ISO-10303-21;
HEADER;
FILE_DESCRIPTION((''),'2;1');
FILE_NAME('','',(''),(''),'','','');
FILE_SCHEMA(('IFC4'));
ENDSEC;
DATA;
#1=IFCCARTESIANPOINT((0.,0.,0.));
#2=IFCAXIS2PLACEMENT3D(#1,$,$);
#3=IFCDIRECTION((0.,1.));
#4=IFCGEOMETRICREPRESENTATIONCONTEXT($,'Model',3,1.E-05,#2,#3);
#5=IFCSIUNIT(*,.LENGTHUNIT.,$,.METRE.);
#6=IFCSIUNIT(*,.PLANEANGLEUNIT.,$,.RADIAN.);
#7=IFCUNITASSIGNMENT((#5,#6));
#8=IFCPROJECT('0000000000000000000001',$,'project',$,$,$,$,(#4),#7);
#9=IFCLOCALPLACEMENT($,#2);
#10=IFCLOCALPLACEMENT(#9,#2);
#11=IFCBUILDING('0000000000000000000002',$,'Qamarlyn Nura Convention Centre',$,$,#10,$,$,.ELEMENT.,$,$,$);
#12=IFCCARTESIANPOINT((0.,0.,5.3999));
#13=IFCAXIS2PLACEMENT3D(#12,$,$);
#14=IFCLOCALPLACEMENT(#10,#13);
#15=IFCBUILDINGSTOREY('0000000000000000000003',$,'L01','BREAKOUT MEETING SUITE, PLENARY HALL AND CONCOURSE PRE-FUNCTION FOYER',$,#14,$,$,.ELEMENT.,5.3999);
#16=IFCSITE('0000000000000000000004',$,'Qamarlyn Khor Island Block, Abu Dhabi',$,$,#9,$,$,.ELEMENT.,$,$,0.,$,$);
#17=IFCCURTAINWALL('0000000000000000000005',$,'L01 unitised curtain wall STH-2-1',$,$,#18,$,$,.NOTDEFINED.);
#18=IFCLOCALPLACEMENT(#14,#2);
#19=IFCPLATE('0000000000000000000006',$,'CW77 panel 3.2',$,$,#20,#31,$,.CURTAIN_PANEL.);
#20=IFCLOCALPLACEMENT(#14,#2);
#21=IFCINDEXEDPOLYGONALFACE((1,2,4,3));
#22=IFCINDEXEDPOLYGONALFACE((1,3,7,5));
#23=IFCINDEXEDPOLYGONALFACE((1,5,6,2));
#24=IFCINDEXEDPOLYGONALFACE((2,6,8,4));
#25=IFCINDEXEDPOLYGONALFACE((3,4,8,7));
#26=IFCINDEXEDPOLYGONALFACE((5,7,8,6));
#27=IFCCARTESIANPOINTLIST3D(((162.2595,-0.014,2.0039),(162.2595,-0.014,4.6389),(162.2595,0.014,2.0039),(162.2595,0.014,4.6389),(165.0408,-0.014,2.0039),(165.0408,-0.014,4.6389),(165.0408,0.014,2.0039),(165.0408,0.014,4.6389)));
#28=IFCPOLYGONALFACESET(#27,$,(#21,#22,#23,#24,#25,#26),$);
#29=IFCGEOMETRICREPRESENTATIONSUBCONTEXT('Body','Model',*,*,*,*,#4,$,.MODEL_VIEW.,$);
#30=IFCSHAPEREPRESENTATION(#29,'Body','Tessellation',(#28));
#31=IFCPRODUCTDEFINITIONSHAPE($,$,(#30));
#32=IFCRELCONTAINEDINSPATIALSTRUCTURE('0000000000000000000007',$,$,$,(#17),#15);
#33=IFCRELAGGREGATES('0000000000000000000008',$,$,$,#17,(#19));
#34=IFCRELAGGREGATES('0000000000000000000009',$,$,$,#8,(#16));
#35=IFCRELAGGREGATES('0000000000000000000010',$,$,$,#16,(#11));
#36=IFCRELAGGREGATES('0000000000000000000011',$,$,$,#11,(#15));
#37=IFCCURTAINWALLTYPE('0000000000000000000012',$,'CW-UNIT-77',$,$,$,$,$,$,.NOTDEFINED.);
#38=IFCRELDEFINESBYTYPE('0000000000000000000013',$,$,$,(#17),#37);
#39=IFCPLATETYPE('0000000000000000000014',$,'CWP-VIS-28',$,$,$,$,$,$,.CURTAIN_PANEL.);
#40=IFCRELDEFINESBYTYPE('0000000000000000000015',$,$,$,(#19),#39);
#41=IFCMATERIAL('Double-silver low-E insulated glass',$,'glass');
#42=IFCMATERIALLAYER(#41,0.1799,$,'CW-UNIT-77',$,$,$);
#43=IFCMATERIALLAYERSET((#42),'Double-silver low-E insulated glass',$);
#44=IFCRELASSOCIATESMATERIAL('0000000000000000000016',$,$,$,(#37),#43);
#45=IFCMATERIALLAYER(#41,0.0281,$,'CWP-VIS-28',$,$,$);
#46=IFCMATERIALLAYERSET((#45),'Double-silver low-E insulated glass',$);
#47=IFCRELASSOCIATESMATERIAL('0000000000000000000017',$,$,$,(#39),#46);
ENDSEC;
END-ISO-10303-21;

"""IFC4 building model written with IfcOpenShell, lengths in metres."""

from ifc_helpers import new_model, si_unit, direction, frame, origin, origin_2d, place, context, subcontext, project, spatial, rectangle, extrude, material, layer, layer_set, type_object, element, aggregate, save


model = new_model("IFC4")

# Units and contexts
model_context = context("Model", 3, precision=1e-05, world=origin(), true_north=direction((0.0, 1.0)))
body_context = subcontext(model_context, "Body", "Model", "MODEL_VIEW")
ifc_project = project(units=[si_unit("LENGTHUNIT", "METRE"), si_unit("PLANEANGLEUNIT", "RADIAN")], contexts=[model_context])

# Site, building, storey
site_placement = place(None, origin())
site = spatial("IfcSite", under=ifc_project, at=site_placement, Name="Qamarlyn Khor Island Block, Abu Dhabi", CompositionType="ELEMENT", RefElevation=0.0)
building_placement = place(site_placement, origin())
building = spatial("IfcBuilding", under=site, at=building_placement, Name="Qamarlyn Nura Convention Centre", CompositionType="ELEMENT")
storey_placement = place(building_placement, frame((0.0, 0.0, 5.3999)))
storey = spatial("IfcBuildingStorey", under=building, at=storey_placement, Name="L01", Description="BREAKOUT MEETING SUITE, PLENARY HALL AND CONCOURSE PRE-FUNCTION FOYER", CompositionType="ELEMENT", Elevation=5.3999)

# Curtain wall
ifc_material_1 = material(Name="Double-silver low-E insulated glass", Category="glass")
ifc_layer_1 = layer(ifc_material_1, 0.1799, Name="CW-UNIT-77")
ifc_layer_set_1 = layer_set([ifc_layer_1], Name="Double-silver low-E insulated glass")
curtain_wall_type_1 = type_object("IfcCurtainWallType", Name="CW-UNIT-77", PredefinedType="NOTDEFINED", material=ifc_layer_set_1)
curtain_wall_1_placement = place(storey_placement, origin())
curtain_wall_1 = element("IfcCurtainWall", 1, at=curtain_wall_1_placement, inside=storey, type_object=curtain_wall_type_1, Name="L01 unitised curtain wall STH-2-1", PredefinedType="NOTDEFINED")

# Plate
ifc_layer_2 = layer(ifc_material_1, 0.0281, Name="CWP-VIS-28")
ifc_layer_set_2 = layer_set([ifc_layer_2], Name="Double-silver low-E insulated glass")
plate_type = type_object("IfcPlateType", Name="CWP-VIS-28", PredefinedType="CURTAIN_PANEL", material=ifc_layer_set_2)
plate_1_placement = place(storey_placement, frame((163.6501, 0.0, 2.0039), z_axis=(0.0, 0.0, 1.0), x_axis=(-1.0, 0.0, 0.0)))
plate_1 = element("IfcPlate", 2, at=plate_1_placement, type_object=plate_type, Name="CW77 panel 3.2", PredefinedType="CURTAIN_PANEL", context=body_context, shape_type="SweptSolid", body=[
    extrude(rectangle(XDim=2.7812, YDim=0.0281, at=origin_2d()), origin(), (0.0, 0.0, 1.0), 2.635),
])
aggregate(curtain_wall_1, [plate_1])

save(model, "model.ifc")
